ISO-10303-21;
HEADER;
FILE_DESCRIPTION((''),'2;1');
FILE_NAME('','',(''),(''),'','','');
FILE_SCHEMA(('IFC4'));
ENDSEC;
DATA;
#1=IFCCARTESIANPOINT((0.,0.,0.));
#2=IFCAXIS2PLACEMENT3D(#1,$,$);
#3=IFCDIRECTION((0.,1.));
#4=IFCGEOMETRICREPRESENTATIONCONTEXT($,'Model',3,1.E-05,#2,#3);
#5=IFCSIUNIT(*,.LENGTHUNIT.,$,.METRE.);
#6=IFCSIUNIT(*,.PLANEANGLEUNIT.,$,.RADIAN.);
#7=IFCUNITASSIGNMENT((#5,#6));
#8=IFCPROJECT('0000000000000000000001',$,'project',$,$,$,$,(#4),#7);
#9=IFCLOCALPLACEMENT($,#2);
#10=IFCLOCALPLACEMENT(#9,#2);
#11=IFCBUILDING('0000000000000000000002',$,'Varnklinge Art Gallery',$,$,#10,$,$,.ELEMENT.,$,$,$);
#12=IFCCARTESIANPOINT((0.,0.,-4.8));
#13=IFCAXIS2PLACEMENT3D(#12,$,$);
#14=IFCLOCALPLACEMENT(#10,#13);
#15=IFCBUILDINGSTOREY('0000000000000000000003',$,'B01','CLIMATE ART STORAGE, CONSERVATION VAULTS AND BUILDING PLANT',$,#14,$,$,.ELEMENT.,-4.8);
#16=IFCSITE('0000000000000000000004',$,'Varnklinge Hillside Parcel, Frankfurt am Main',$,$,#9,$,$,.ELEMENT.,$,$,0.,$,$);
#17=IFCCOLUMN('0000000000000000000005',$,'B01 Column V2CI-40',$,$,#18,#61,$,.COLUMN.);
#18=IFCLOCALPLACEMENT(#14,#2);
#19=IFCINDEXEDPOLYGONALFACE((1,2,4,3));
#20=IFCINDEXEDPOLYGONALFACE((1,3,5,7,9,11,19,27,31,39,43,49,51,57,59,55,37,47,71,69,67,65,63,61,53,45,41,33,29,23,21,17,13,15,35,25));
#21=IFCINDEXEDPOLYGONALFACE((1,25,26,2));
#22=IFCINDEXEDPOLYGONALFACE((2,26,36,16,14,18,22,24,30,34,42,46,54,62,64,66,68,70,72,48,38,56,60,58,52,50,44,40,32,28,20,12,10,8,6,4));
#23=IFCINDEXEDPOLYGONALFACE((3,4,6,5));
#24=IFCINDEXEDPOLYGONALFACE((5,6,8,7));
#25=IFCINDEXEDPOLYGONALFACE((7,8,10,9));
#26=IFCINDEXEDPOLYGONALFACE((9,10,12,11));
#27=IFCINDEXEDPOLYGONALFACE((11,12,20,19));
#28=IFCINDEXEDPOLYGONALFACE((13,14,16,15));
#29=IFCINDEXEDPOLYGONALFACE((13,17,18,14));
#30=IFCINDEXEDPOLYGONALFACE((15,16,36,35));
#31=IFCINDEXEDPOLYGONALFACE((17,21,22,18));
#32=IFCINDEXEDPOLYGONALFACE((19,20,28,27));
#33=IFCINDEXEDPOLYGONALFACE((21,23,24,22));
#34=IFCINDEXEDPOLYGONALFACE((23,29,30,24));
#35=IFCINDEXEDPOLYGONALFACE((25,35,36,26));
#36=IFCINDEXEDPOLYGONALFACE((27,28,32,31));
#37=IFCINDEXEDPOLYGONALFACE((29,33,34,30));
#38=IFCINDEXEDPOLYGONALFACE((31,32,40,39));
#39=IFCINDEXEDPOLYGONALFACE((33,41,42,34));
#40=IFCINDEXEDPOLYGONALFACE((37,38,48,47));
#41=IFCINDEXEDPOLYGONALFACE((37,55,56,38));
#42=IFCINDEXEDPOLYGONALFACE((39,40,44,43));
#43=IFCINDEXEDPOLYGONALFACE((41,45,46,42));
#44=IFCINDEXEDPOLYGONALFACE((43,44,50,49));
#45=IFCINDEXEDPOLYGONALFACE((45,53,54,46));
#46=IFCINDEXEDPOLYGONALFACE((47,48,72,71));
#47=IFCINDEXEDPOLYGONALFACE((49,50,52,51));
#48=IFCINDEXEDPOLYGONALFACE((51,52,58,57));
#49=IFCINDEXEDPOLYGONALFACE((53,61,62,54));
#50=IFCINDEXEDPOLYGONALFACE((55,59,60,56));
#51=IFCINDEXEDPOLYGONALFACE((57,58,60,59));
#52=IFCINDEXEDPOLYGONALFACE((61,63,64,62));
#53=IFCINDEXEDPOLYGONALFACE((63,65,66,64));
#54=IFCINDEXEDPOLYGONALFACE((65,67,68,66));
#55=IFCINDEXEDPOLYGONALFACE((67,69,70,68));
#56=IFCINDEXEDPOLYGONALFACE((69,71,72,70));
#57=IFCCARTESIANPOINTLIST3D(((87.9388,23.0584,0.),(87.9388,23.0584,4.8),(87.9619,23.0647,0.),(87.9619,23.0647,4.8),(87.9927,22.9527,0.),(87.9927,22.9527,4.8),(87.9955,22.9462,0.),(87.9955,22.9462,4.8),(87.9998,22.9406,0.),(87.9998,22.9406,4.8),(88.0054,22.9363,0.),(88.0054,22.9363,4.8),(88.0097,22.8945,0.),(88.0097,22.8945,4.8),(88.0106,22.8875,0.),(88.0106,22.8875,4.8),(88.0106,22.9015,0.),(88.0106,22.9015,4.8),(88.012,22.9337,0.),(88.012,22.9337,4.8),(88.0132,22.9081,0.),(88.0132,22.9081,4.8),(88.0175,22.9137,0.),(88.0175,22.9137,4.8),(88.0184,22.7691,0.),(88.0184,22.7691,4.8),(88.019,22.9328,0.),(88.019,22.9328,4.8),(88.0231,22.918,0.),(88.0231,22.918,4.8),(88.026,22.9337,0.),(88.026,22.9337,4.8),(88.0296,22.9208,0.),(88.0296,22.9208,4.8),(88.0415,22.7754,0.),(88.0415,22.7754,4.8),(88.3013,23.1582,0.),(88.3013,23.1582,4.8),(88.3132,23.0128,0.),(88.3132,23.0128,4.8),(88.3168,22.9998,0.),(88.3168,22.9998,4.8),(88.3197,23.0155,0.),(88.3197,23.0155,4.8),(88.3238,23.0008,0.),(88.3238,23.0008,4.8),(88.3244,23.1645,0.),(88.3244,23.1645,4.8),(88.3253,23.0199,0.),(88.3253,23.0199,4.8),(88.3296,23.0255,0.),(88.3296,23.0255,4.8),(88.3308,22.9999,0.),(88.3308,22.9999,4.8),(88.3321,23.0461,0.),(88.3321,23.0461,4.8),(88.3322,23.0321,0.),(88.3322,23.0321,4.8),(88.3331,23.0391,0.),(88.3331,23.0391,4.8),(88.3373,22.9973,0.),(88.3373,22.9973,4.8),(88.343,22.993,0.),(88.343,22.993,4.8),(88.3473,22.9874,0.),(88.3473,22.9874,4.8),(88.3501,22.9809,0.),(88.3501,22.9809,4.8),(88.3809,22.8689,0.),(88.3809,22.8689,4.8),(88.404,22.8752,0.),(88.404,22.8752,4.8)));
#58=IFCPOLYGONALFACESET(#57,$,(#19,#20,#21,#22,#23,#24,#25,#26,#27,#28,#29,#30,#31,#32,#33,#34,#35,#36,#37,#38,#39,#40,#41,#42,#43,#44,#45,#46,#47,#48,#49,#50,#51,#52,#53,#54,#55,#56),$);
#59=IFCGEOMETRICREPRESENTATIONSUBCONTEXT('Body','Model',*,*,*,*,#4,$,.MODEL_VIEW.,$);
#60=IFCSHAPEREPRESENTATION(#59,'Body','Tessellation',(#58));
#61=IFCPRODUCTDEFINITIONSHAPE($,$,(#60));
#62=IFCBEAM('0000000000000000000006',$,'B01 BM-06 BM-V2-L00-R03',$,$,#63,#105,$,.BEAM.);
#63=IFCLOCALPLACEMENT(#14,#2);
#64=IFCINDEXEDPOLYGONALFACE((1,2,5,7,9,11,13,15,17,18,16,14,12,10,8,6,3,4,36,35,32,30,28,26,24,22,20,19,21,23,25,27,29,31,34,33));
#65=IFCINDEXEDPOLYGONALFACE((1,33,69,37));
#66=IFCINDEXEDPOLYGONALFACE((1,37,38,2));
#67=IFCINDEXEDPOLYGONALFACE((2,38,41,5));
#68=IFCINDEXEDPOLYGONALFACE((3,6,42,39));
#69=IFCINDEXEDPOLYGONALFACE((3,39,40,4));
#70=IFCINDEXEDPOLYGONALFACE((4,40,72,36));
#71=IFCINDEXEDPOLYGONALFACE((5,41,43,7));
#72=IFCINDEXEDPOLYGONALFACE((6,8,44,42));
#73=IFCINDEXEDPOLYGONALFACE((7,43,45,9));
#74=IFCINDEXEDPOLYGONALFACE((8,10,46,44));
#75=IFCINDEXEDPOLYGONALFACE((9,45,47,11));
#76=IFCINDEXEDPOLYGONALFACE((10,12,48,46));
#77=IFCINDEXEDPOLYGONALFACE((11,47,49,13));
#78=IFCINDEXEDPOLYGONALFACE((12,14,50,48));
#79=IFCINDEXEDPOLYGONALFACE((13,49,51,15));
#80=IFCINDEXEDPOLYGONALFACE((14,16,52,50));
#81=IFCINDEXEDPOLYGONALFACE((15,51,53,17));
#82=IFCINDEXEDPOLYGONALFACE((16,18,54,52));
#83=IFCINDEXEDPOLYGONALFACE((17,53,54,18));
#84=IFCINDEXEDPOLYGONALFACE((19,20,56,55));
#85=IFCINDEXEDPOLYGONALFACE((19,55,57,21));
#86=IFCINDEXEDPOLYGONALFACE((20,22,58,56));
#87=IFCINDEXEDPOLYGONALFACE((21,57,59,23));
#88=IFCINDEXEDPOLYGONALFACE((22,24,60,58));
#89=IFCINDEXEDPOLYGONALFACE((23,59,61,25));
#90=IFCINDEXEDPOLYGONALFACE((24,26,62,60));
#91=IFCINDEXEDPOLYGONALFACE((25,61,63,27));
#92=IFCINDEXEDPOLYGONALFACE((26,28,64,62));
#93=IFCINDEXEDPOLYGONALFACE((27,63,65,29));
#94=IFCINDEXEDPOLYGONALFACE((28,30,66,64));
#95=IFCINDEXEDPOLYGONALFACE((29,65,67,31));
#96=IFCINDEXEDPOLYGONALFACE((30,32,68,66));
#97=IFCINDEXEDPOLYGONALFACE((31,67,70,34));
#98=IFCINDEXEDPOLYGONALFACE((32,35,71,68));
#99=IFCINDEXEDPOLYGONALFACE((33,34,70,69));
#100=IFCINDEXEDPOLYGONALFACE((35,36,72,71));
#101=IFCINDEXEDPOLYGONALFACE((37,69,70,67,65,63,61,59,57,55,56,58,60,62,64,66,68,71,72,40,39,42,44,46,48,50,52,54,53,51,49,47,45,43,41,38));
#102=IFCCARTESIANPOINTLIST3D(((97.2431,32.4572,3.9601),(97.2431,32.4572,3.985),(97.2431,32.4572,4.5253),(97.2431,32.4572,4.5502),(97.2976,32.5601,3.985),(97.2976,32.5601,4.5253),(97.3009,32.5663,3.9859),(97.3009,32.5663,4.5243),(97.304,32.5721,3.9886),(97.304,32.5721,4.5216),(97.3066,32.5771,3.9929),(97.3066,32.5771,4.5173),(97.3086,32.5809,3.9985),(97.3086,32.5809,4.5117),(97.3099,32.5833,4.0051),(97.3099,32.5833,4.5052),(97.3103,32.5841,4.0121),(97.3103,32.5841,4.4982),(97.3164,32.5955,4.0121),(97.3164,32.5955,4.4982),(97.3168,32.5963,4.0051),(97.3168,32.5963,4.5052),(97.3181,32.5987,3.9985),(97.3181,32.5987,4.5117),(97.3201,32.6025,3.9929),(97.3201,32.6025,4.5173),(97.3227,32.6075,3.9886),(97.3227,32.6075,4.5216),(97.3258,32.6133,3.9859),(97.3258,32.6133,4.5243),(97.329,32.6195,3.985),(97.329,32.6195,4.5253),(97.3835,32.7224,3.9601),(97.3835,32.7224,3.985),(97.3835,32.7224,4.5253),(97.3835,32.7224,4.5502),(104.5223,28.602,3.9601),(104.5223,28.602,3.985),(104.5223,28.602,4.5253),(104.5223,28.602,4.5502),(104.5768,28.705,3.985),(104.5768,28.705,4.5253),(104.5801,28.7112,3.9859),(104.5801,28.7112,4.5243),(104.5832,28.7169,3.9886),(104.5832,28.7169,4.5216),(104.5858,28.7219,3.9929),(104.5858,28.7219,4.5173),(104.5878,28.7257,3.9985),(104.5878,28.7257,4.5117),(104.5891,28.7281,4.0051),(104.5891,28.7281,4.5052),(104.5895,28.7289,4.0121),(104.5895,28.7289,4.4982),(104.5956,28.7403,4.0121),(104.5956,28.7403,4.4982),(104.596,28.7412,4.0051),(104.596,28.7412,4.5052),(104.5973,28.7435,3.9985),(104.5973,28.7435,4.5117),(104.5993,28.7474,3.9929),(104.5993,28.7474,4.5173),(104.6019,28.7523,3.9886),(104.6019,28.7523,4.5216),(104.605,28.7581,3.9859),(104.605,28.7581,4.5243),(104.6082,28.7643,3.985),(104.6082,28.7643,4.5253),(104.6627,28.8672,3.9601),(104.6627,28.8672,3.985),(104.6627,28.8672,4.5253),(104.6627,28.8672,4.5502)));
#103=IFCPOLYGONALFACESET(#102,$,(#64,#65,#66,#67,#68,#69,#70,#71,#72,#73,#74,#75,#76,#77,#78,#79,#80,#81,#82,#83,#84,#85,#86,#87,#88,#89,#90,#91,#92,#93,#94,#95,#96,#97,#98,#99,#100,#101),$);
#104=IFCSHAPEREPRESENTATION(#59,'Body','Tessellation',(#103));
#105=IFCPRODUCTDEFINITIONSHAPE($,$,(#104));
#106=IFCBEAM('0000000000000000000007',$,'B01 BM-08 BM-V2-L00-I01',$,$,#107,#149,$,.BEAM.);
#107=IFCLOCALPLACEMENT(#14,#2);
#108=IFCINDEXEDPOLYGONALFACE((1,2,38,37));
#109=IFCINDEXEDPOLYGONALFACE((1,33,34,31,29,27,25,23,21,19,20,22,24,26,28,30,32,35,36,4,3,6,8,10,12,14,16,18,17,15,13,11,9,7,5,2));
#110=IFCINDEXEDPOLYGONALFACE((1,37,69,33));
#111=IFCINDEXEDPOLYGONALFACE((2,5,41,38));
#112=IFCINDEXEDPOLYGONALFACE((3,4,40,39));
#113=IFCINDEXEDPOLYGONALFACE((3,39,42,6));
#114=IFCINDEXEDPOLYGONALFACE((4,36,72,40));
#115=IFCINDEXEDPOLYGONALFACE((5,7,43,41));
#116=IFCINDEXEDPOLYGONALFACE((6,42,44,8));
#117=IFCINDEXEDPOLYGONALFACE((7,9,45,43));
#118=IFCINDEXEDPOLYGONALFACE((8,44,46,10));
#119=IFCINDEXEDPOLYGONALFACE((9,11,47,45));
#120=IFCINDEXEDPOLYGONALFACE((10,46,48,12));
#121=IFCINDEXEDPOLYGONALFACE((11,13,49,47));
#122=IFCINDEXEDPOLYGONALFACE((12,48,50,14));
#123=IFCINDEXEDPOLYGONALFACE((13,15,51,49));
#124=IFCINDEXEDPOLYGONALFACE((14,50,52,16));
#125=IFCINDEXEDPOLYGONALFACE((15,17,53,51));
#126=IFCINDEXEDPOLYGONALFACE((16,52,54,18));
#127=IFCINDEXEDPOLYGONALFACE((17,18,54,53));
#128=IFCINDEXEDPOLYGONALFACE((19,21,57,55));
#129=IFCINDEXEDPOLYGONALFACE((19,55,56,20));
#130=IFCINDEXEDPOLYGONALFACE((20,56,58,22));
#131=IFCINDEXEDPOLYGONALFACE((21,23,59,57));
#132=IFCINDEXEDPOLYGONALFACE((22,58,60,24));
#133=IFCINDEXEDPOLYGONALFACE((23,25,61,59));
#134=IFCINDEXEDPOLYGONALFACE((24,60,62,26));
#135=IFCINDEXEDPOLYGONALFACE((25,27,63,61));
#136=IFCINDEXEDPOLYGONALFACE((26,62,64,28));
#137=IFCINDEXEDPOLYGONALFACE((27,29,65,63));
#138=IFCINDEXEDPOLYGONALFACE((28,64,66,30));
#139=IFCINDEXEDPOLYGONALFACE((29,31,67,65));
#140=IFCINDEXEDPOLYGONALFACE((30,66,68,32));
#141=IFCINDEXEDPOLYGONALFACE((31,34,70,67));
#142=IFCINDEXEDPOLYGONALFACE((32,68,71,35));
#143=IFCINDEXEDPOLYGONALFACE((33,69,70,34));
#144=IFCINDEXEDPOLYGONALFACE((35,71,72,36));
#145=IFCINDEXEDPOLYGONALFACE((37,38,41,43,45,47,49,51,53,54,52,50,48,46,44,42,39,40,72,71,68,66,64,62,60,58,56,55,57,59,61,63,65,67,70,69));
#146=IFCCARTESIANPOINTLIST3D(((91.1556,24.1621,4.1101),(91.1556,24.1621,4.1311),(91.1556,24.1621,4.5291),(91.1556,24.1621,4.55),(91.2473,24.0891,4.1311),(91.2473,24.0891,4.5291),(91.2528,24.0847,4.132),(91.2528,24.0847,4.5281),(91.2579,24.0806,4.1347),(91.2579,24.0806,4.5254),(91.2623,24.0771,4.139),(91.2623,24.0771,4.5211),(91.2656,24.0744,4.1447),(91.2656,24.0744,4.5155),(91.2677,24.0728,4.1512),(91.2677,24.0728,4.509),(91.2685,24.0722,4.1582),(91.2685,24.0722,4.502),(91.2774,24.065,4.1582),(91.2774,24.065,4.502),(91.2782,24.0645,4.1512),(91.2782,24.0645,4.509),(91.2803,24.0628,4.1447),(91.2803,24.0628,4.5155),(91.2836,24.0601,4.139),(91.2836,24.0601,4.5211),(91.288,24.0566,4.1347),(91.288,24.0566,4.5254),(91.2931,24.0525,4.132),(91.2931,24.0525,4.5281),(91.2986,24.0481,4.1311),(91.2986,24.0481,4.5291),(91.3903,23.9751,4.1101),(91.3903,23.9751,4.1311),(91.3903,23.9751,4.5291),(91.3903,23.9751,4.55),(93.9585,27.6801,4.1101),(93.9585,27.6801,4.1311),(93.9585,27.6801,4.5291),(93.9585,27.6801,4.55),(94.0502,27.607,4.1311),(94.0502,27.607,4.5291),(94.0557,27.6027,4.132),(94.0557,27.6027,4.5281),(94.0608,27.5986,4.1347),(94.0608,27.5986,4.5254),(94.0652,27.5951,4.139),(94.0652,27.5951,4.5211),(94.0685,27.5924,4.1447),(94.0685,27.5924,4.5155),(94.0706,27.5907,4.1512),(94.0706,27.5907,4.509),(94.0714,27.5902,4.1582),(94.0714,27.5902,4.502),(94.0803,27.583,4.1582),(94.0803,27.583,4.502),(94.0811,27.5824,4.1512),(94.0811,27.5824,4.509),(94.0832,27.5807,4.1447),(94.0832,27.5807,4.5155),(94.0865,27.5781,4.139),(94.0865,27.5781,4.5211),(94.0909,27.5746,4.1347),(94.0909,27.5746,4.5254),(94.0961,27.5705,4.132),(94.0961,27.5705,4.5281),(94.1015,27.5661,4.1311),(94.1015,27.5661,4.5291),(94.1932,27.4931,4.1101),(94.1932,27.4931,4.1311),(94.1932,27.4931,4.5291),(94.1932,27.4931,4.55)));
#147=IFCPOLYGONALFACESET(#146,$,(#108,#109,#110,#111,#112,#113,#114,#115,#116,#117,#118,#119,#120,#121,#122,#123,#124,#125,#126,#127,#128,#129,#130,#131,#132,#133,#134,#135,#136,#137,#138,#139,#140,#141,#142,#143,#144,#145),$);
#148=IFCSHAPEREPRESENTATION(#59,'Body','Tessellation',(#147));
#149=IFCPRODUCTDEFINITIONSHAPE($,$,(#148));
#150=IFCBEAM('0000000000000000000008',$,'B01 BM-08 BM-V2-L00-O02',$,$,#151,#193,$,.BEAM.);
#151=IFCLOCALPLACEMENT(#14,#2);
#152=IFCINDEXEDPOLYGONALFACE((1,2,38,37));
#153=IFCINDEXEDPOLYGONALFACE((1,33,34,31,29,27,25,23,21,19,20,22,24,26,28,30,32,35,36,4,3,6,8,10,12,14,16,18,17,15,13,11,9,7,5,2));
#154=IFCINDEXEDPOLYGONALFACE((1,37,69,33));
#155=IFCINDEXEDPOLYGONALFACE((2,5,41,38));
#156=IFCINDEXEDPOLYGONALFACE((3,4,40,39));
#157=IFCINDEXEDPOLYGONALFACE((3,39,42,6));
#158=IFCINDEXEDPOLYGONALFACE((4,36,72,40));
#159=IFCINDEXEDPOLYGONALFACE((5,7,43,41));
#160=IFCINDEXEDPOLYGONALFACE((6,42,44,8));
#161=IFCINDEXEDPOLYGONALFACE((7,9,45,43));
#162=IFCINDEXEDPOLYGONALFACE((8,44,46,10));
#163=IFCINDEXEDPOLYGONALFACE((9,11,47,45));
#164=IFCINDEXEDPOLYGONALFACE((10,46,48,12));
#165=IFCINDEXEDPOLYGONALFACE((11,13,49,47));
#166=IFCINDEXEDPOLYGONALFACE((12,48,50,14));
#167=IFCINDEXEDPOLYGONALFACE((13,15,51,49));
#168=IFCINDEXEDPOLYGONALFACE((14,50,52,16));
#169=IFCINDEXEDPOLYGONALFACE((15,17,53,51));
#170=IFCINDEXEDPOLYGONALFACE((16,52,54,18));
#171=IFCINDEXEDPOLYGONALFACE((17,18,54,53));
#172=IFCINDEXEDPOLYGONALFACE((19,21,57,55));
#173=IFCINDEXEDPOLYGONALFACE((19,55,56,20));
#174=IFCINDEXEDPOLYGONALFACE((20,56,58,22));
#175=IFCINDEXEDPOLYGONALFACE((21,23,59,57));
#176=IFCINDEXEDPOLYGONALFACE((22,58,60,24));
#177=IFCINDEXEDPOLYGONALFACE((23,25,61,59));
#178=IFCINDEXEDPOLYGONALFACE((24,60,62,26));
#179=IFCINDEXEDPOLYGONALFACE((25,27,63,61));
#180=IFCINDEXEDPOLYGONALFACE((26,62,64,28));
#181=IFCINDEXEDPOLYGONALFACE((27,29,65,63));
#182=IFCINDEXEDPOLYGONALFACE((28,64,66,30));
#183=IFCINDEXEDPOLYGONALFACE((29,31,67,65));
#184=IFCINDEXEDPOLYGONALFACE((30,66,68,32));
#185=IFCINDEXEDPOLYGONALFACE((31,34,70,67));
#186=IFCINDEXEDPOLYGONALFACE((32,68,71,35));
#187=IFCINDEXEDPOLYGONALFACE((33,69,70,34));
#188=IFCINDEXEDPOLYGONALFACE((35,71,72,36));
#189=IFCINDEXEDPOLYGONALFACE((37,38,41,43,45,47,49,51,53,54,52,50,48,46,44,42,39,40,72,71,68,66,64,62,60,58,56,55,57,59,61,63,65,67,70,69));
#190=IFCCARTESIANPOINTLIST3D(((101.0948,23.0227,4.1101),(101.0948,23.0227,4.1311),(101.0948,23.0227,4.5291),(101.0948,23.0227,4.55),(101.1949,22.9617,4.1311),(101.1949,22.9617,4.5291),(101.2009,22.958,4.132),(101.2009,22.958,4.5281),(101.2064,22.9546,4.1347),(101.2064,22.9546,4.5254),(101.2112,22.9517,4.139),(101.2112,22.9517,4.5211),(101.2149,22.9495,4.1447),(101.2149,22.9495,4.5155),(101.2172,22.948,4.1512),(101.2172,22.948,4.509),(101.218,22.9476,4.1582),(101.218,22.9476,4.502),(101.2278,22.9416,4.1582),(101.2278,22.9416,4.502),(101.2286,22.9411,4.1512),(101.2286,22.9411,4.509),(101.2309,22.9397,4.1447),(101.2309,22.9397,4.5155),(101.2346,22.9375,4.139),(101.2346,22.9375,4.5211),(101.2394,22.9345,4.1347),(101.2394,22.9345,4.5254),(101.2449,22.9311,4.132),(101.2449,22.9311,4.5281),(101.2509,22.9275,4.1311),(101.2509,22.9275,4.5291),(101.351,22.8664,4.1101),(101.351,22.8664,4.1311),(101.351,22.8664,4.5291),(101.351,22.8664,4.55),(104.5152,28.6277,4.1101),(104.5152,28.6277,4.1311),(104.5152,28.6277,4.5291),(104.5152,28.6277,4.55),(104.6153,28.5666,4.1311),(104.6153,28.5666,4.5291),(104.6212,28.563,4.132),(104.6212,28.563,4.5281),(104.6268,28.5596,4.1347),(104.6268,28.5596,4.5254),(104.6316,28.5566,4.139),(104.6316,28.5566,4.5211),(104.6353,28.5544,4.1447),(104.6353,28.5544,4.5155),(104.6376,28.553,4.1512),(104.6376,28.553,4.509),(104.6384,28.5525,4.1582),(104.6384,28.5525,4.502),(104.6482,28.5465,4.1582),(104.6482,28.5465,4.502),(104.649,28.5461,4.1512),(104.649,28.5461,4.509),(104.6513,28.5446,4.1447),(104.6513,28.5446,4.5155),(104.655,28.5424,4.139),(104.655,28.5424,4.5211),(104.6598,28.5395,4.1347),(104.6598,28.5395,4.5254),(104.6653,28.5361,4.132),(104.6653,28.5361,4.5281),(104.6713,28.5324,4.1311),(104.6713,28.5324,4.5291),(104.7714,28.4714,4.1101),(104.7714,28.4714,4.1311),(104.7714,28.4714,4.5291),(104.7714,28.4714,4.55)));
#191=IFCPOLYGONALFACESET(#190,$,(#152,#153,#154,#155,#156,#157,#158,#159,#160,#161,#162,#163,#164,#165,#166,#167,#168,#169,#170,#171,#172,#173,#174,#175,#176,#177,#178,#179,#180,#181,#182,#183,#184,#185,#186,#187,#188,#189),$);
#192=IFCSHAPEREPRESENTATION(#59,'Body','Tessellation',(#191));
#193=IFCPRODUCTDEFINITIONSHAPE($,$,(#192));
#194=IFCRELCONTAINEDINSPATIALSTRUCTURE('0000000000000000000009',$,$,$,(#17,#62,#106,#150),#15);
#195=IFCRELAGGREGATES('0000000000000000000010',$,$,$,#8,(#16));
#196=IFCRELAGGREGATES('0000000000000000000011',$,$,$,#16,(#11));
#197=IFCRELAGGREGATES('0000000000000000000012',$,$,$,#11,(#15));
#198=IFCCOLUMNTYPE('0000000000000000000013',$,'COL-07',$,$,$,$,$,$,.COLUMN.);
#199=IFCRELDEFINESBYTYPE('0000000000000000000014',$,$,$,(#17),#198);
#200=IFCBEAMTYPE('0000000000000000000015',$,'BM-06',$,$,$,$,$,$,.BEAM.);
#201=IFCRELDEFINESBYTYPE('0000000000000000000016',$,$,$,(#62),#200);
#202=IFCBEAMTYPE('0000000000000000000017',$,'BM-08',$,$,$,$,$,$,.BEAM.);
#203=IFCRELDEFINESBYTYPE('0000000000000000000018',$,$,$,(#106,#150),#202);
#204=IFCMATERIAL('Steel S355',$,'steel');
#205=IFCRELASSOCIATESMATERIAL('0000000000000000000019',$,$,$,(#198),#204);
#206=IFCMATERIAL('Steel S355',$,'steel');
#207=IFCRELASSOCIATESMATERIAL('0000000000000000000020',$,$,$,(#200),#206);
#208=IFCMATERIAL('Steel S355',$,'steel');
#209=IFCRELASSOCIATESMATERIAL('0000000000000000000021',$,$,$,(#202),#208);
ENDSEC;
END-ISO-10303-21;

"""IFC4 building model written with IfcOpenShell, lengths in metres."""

from ifc_helpers import new_model, si_unit, direction, frame, origin, origin_2d, place, context, subcontext, project, spatial, i_section, extrude, material, material_profile, profile_set, type_object, element, save


model = new_model("IFC4")

# Units and contexts
model_context = context("Model", 3, precision=1e-05, world=origin(), true_north=direction((0.0, 1.0)))
body_context = subcontext(model_context, "Body", "Model", "MODEL_VIEW")
ifc_project = project(units=[si_unit("LENGTHUNIT", "METRE"), si_unit("PLANEANGLEUNIT", "RADIAN")], contexts=[model_context])

# Site, building, storey
site_placement = place(None, origin())
site = spatial("IfcSite", under=ifc_project, at=site_placement, Name="Varnklinge Hillside Parcel, Frankfurt am Main", CompositionType="ELEMENT", RefElevation=0.0)
building_placement = place(site_placement, origin())
building = spatial("IfcBuilding", under=site, at=building_placement, Name="Varnklinge Art Gallery", CompositionType="ELEMENT")
storey_placement = place(building_placement, frame((0.0, 0.0, -4.8)))
storey = spatial("IfcBuildingStorey", under=building, at=storey_placement, Name="B01", Description="CLIMATE ART STORAGE, CONSERVATION VAULTS AND BUILDING PLANT", CompositionType="ELEMENT", Elevation=-4.8)

# Column
ifc_material_1 = material(Name="Steel S355", Category="steel")
ifc_material_profile_1 = material_profile(ifc_material_1, i_section(OverallWidth=0.3, OverallDepth=0.3999, WebThickness=0.0134, FlangeThickness=0.0239, FilletRadius=0.0271, at=origin_2d()), Name="HEB 400")
ifc_profile_set_1 = profile_set([ifc_material_profile_1], Name="Steel S355")
column_type_1 = type_object("IfcColumnType", Name="COL-07", PredefinedType="COLUMN", material=ifc_profile_set_1)
for number, where, z_axis, x_axis, name in (
    (1, (88.1714, 22.9668, 0.0), (0.0, 0.0, 1.0), (-0.265388, 0.964142, 0.0), "B01 Column V2CI-40"),
):
    element("IfcColumn", number, at=place(storey_placement, frame(where, z_axis=z_axis, x_axis=x_axis)), inside=storey, type_object=column_type_1, Name=name, PredefinedType="COLUMN", context=body_context, shape_type="SweptSolid", body=[
        extrude(i_section(OverallWidth=0.3, OverallDepth=0.3999, WebThickness=0.0134, FlangeThickness=0.0239, FilletRadius=0.0271, at=origin_2d()), origin(), (0.0, 0.0, 1.0), 4.8),
    ])

# Beams
ifc_material_2 = material(Name="Steel S355", Category="steel")
ifc_material_profile_2 = material_profile(ifc_material_2, i_section(OverallWidth=0.3, OverallDepth=0.5901, WebThickness=0.0129, FlangeThickness=0.0249, FilletRadius=0.0271, at=origin_2d()), Name="HEA 600")
ifc_profile_set_2 = profile_set([ifc_material_profile_2], Name="Steel S355")
beam_type_1 = type_object("IfcBeamType", Name="BM-06", PredefinedType="BEAM", material=ifc_profile_set_2)
beam_1_placement = place(storey_placement, frame((104.5925, 28.7346, 4.2551), z_axis=(-0.883714, 0.468028, 0.0), x_axis=(-0.468028, -0.883714, 0.0)))
element("IfcBeam", 2, at=beam_1_placement, inside=storey, type_object=beam_type_1, Name="B01 BM-06 BM-V2-L00-R03", PredefinedType="BEAM", context=body_context, shape_type="SweptSolid", body=[
    extrude(i_section(OverallWidth=0.3, OverallDepth=0.5901, WebThickness=0.0129, FlangeThickness=0.0249, FilletRadius=0.0271, at=origin_2d()), origin(), (0.0, 0.0, 1.0), 8.2371),
])
ifc_material_3 = material(Name="Steel S355", Category="steel")
ifc_material_profile_3 = material_profile(ifc_material_3, i_section(OverallWidth=0.3, OverallDepth=0.4399, WebThickness=0.0115, FlangeThickness=0.021, FilletRadius=0.0271, at=origin_2d()), Name="HEA 450")
ifc_profile_set_3 = profile_set([ifc_material_profile_3], Name="Steel S355")
beam_type_2 = type_object("IfcBeamType", Name="BM-08", PredefinedType="BEAM", material=ifc_profile_set_3)
beam_2_placement = place(storey_placement, frame((91.2729, 24.0686, 4.3301), z_axis=(0.623138, 0.782112, 0.0), x_axis=(-0.782112, 0.623138, 0.0)))
element("IfcBeam", 3, at=beam_2_placement, inside=storey, type_object=beam_type_2, Name="B01 BM-08 BM-V2-L00-I01", PredefinedType="BEAM", context=body_context, shape_type="SweptSolid", body=[
    extrude(i_section(OverallWidth=0.3, OverallDepth=0.4399, WebThickness=0.0115, FlangeThickness=0.021, FilletRadius=0.0271, at=origin_2d()), origin(), (0.0, 0.0, 1.0), 4.498),
])
beam_3_placement = place(storey_placement, frame((101.2229, 22.9446, 4.3301), z_axis=(0.520911, 0.853611, 0.0), x_axis=(-0.853611, 0.520911, 0.0)))
element("IfcBeam", 4, at=beam_3_placement, inside=storey, type_object=beam_type_2, Name="B01 BM-08 BM-V2-L00-O02", PredefinedType="BEAM", context=body_context, shape_type="SweptSolid", body=[
    extrude(i_section(OverallWidth=0.3, OverallDepth=0.4399, WebThickness=0.0115, FlangeThickness=0.021, FilletRadius=0.0271, at=origin_2d()), origin(), (0.0, 0.0, 1.0), 6.5662),
])

save(model, "model.ifc")
